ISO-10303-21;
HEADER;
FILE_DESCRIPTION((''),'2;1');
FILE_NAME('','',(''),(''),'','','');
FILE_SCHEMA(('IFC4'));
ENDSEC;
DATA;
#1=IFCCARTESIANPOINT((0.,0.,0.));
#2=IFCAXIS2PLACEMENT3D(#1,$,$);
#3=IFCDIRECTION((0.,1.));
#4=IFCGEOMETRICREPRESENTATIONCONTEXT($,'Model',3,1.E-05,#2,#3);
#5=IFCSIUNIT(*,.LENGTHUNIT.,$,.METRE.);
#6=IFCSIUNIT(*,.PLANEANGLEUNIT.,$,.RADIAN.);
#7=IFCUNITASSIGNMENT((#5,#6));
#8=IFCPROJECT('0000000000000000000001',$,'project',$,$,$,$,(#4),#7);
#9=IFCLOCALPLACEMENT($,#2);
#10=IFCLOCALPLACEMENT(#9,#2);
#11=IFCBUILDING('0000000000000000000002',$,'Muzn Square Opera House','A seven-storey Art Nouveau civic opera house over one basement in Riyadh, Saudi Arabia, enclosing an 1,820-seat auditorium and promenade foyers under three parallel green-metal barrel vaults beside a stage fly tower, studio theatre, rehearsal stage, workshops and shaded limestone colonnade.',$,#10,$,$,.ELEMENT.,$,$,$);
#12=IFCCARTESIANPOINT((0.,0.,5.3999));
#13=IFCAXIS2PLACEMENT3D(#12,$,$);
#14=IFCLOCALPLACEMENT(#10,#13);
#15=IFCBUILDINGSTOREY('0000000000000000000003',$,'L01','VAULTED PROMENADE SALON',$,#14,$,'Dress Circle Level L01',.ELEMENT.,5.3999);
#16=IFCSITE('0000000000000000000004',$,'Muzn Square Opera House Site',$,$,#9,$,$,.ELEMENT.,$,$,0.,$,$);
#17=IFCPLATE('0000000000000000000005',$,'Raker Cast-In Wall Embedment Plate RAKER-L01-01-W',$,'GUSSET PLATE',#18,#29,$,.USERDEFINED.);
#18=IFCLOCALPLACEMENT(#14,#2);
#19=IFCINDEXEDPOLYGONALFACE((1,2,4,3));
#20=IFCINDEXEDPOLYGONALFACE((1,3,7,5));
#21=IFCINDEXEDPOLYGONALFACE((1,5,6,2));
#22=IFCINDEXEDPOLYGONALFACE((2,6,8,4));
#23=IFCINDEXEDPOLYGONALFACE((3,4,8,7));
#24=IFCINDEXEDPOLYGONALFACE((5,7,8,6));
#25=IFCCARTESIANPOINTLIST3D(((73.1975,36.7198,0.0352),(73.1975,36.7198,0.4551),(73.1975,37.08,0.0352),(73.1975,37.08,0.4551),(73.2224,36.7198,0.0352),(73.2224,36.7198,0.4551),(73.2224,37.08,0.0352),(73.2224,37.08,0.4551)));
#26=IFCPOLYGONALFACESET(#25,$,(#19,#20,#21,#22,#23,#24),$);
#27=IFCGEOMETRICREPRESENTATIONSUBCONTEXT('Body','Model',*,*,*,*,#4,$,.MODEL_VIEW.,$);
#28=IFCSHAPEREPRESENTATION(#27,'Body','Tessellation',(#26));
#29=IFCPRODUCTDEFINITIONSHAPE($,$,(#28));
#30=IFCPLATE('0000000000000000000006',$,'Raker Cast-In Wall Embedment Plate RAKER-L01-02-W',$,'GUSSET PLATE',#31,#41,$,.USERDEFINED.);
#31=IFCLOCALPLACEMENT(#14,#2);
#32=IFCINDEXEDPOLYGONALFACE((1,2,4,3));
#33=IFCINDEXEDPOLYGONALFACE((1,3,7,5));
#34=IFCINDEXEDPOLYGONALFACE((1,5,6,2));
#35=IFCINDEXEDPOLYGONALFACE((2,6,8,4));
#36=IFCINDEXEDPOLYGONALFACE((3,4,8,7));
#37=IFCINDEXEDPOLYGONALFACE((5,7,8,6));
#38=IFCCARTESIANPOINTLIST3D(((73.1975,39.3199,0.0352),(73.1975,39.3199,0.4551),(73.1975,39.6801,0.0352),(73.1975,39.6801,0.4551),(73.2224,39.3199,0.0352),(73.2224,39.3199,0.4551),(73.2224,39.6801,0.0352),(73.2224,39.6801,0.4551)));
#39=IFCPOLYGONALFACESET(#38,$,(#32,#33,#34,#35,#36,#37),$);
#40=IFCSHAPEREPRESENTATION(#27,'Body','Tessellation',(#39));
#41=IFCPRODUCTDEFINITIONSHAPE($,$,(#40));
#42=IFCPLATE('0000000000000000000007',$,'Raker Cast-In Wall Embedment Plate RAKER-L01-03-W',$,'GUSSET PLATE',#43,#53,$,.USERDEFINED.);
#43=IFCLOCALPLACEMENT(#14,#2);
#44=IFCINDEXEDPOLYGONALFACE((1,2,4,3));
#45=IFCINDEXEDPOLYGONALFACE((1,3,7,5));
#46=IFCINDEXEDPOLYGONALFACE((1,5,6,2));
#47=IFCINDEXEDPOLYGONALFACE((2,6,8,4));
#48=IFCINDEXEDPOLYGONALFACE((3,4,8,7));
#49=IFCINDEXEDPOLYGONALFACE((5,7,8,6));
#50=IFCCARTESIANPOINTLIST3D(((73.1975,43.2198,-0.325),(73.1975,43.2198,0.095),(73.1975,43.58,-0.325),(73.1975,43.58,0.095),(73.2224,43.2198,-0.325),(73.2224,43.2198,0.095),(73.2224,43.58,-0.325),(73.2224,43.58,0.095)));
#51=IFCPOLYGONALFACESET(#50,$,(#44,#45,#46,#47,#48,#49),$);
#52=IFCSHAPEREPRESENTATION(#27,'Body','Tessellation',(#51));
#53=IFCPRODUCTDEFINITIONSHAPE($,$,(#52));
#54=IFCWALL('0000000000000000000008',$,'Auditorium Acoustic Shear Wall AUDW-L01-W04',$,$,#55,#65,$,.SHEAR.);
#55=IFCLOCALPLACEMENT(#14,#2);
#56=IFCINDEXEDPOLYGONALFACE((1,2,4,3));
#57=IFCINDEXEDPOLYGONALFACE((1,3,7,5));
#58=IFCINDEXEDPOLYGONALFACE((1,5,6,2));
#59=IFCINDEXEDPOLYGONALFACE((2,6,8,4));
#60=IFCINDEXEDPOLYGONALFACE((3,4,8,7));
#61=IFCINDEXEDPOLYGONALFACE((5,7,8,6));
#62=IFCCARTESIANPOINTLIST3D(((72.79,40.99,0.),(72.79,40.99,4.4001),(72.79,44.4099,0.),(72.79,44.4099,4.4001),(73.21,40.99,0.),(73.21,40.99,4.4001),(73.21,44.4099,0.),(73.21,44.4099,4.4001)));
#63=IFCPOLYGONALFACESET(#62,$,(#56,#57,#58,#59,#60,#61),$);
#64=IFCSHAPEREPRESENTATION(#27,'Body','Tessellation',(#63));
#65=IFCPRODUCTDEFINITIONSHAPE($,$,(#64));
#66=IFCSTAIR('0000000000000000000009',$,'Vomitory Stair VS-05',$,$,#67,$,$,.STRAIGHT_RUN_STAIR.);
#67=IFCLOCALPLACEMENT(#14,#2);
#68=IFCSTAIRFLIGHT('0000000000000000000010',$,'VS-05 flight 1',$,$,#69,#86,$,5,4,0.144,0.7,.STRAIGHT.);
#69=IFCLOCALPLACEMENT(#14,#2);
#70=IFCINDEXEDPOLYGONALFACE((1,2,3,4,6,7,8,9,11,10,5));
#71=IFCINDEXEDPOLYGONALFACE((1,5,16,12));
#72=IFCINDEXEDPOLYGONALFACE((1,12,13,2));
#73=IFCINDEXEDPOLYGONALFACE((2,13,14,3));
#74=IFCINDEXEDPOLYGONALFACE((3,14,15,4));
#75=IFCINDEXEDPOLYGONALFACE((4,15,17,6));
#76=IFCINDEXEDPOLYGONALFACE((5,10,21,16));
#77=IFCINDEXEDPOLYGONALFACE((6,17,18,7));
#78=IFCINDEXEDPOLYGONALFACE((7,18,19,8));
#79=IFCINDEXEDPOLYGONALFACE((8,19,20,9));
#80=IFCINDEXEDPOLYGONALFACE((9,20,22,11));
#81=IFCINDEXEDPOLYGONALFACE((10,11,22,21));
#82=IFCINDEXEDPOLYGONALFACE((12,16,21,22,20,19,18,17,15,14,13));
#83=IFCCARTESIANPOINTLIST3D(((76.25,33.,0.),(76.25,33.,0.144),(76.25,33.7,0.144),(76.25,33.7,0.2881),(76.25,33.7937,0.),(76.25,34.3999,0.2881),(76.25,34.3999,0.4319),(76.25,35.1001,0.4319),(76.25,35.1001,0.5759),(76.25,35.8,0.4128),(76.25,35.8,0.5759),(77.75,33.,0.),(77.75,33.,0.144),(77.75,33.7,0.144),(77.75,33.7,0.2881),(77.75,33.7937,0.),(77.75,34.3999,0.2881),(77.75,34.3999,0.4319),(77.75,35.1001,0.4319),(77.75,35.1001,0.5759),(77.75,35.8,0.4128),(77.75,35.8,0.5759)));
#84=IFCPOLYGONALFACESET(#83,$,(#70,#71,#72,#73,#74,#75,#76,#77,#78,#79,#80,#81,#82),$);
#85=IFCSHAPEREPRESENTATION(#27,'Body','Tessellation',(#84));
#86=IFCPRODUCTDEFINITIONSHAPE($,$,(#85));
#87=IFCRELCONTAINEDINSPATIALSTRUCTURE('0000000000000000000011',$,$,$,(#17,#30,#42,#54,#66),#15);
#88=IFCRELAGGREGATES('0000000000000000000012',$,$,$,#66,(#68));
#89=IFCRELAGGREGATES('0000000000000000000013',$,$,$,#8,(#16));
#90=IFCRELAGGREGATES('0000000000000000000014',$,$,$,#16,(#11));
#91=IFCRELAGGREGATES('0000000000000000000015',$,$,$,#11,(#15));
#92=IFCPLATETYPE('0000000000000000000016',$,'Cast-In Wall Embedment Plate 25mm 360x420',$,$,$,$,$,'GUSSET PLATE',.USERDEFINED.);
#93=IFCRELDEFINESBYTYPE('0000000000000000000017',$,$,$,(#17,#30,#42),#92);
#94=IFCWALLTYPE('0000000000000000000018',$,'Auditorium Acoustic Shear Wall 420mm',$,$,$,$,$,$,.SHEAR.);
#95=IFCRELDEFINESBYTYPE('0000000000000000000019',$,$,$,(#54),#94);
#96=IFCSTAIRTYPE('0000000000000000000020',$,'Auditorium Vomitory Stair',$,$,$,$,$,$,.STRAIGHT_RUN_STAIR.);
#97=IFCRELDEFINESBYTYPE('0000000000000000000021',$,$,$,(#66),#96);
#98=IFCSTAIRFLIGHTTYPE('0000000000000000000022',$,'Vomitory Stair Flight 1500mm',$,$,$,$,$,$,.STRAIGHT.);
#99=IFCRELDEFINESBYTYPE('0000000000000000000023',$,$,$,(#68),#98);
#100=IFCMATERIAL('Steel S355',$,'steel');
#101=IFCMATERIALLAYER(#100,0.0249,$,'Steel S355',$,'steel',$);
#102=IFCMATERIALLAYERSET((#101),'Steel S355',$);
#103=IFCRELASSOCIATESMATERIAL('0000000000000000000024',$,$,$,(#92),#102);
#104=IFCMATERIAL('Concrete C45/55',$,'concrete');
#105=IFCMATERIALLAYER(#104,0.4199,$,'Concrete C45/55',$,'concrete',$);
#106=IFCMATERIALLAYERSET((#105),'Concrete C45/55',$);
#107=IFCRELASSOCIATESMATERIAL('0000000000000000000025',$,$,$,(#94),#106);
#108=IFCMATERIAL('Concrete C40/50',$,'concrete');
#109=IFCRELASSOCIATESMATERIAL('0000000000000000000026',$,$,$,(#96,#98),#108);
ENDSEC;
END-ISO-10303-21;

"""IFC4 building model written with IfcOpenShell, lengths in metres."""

from ifc_helpers import new_model, si_unit, direction, frame, frame_2d, origin, origin_2d, place, context, subcontext, project, spatial, polyline, rectangle, outline, extrude, material, layer, layer_set, type_object, element, aggregate, save


model = new_model("IFC4")

# Units and contexts
model_context = context("Model", 3, precision=1e-05, world=origin(), true_north=direction((0.0, 1.0)))
body_context = subcontext(model_context, "Body", "Model", "MODEL_VIEW")
ifc_project = project(units=[si_unit("LENGTHUNIT", "METRE"), si_unit("PLANEANGLEUNIT", "RADIAN")], contexts=[model_context])

# Site, building, storey
site_placement = place(None, origin())
site = spatial("IfcSite", under=ifc_project, at=site_placement, Name="Muzn Square Opera House Site", CompositionType="ELEMENT", RefElevation=0.0)
building_placement = place(site_placement, origin())
building = spatial("IfcBuilding", under=site, at=building_placement, Name="Muzn Square Opera House", Description="A seven-storey Art Nouveau civic opera house over one basement in Riyadh, Saudi Arabia, enclosing an 1,820-seat auditorium and promenade foyers under three parallel green-metal barrel vaults beside a stage fly tower, studio theatre, rehearsal stage, workshops and shaded limestone colonnade.", CompositionType="ELEMENT")
storey_placement = place(building_placement, frame((0.0, 0.0, 5.3999)))
storey = spatial("IfcBuildingStorey", under=building, at=storey_placement, Name="L01", Description="VAULTED PROMENADE SALON", LongName="Dress Circle Level L01", CompositionType="ELEMENT", Elevation=5.3999)

# Shared definitions
ifc_material_1 = material(Name="Concrete C45/55", Category="concrete")

# Shared definitions
ifc_material_2 = material(Name="Steel S355", Category="steel")
ifc_material_3 = material(Name="Concrete C40/50", Category="concrete")

# Plates
ifc_layer_1 = layer(ifc_material_2, 0.0249, Name="Steel S355", Category="steel")
ifc_layer_set_1 = layer_set([ifc_layer_1], Name="Steel S355")
plate_type = type_object("IfcPlateType", Name="Cast-In Wall Embedment Plate 25mm 360x420", ElementType="GUSSET PLATE", PredefinedType="USERDEFINED", material=ifc_layer_set_1)
for number, where, z_axis, x_axis, name in (
    (1, (73.21, 36.8999, 0.0352), (0.0, 0.0, 1.0), (1.0, 0.0, 0.0), "Raker Cast-In Wall Embedment Plate RAKER-L01-01-W"),
    (2, (73.21, 39.5, 0.0352), (0.0, 0.0, 1.0), (1.0, 0.0, 0.0), "Raker Cast-In Wall Embedment Plate RAKER-L01-02-W"),
    (3, (73.21, 43.3999, -0.325), (0.0, 0.0, 1.0), (1.0, 0.0, 0.0), "Raker Cast-In Wall Embedment Plate RAKER-L01-03-W"),
):
    element("IfcPlate", number, at=place(storey_placement, frame(where, z_axis=z_axis, x_axis=x_axis)), inside=storey, type_object=plate_type, Name=name, ObjectType="GUSSET PLATE", PredefinedType="USERDEFINED", context=body_context, shape_type="SweptSolid", body=[
        extrude(rectangle(XDim=0.0249, YDim=0.3601, at=origin_2d()), origin(), (0.0, 0.0, 1.0), 0.4199),
    ])

# Wall
ifc_layer_2 = layer(ifc_material_1, 0.4199, Name="Concrete C45/55", Category="concrete")
ifc_layer_set_2 = layer_set([ifc_layer_2], Name="Concrete C45/55")
wall_type = type_object("IfcWallType", Name="Auditorium Acoustic Shear Wall 420mm", PredefinedType="SHEAR", material=ifc_layer_set_2)
wall_placement = place(storey_placement, frame((73.0, 40.99, 0.0), z_axis=(0.0, 0.0, 1.0), x_axis=(0.0, 1.0, 0.0)))
element("IfcWall", 4, at=wall_placement, inside=storey, type_object=wall_type, Name="Auditorium Acoustic Shear Wall AUDW-L01-W04", PredefinedType="SHEAR", context=body_context, shape_type="SweptSolid", body=[
    extrude(rectangle(XDim=3.4199, YDim=0.4199, at=frame_2d((1.71, 0.0))), origin(), (0.0, 0.0, 1.0), 4.4001),
])

# Stair, stair flight
stair_type = type_object("IfcStairType", Name="Auditorium Vomitory Stair", PredefinedType="STRAIGHT_RUN_STAIR", material=ifc_material_3)
stair_placement = place(storey_placement, origin())
stair = element("IfcStair", 5, at=stair_placement, inside=storey, type_object=stair_type, Name="Vomitory Stair VS-05", PredefinedType="STRAIGHT_RUN_STAIR")
stair_flight_type = type_object("IfcStairFlightType", Name="Vomitory Stair Flight 1500mm", PredefinedType="STRAIGHT", material=ifc_material_3)
stair_flight_placement = place(storey_placement, frame((77.0, 33.0, 0.0), z_axis=(0.0, 0.0, 1.0), x_axis=(0.0, 1.0, 0.0)))
stair_flight = element("IfcStairFlight", 6, at=stair_flight_placement, type_object=stair_flight_type, Name="VS-05 flight 1", NumberOfRisers=5, NumberOfTreads=4, PredefinedType="STRAIGHT", RiserHeight=0.144, TreadLength=0.7, context=body_context, shape_type="SweptSolid", body=[
    extrude(outline(polyline([(0.0, 0.0), (0.0, 0.144), (0.7, 0.144), (0.7, 0.2881), (1.3999, 0.2881), (1.3999, 0.4319), (2.1001, 0.4319), (2.1001, 0.5759), (2.8, 0.5759), (2.8, 0.72), (2.8, 0.4128), (0.7937, 0.0), (0.0, 0.0)])), frame((0.0, 0.75, 0.0), z_axis=(0.0, -1.0, 0.0), x_axis=(1.0, 0.0, 0.0)), (0.0, 0.0, 1.0), 1.5),
])
aggregate(stair, [stair_flight])

save(model, "model.ifc")
